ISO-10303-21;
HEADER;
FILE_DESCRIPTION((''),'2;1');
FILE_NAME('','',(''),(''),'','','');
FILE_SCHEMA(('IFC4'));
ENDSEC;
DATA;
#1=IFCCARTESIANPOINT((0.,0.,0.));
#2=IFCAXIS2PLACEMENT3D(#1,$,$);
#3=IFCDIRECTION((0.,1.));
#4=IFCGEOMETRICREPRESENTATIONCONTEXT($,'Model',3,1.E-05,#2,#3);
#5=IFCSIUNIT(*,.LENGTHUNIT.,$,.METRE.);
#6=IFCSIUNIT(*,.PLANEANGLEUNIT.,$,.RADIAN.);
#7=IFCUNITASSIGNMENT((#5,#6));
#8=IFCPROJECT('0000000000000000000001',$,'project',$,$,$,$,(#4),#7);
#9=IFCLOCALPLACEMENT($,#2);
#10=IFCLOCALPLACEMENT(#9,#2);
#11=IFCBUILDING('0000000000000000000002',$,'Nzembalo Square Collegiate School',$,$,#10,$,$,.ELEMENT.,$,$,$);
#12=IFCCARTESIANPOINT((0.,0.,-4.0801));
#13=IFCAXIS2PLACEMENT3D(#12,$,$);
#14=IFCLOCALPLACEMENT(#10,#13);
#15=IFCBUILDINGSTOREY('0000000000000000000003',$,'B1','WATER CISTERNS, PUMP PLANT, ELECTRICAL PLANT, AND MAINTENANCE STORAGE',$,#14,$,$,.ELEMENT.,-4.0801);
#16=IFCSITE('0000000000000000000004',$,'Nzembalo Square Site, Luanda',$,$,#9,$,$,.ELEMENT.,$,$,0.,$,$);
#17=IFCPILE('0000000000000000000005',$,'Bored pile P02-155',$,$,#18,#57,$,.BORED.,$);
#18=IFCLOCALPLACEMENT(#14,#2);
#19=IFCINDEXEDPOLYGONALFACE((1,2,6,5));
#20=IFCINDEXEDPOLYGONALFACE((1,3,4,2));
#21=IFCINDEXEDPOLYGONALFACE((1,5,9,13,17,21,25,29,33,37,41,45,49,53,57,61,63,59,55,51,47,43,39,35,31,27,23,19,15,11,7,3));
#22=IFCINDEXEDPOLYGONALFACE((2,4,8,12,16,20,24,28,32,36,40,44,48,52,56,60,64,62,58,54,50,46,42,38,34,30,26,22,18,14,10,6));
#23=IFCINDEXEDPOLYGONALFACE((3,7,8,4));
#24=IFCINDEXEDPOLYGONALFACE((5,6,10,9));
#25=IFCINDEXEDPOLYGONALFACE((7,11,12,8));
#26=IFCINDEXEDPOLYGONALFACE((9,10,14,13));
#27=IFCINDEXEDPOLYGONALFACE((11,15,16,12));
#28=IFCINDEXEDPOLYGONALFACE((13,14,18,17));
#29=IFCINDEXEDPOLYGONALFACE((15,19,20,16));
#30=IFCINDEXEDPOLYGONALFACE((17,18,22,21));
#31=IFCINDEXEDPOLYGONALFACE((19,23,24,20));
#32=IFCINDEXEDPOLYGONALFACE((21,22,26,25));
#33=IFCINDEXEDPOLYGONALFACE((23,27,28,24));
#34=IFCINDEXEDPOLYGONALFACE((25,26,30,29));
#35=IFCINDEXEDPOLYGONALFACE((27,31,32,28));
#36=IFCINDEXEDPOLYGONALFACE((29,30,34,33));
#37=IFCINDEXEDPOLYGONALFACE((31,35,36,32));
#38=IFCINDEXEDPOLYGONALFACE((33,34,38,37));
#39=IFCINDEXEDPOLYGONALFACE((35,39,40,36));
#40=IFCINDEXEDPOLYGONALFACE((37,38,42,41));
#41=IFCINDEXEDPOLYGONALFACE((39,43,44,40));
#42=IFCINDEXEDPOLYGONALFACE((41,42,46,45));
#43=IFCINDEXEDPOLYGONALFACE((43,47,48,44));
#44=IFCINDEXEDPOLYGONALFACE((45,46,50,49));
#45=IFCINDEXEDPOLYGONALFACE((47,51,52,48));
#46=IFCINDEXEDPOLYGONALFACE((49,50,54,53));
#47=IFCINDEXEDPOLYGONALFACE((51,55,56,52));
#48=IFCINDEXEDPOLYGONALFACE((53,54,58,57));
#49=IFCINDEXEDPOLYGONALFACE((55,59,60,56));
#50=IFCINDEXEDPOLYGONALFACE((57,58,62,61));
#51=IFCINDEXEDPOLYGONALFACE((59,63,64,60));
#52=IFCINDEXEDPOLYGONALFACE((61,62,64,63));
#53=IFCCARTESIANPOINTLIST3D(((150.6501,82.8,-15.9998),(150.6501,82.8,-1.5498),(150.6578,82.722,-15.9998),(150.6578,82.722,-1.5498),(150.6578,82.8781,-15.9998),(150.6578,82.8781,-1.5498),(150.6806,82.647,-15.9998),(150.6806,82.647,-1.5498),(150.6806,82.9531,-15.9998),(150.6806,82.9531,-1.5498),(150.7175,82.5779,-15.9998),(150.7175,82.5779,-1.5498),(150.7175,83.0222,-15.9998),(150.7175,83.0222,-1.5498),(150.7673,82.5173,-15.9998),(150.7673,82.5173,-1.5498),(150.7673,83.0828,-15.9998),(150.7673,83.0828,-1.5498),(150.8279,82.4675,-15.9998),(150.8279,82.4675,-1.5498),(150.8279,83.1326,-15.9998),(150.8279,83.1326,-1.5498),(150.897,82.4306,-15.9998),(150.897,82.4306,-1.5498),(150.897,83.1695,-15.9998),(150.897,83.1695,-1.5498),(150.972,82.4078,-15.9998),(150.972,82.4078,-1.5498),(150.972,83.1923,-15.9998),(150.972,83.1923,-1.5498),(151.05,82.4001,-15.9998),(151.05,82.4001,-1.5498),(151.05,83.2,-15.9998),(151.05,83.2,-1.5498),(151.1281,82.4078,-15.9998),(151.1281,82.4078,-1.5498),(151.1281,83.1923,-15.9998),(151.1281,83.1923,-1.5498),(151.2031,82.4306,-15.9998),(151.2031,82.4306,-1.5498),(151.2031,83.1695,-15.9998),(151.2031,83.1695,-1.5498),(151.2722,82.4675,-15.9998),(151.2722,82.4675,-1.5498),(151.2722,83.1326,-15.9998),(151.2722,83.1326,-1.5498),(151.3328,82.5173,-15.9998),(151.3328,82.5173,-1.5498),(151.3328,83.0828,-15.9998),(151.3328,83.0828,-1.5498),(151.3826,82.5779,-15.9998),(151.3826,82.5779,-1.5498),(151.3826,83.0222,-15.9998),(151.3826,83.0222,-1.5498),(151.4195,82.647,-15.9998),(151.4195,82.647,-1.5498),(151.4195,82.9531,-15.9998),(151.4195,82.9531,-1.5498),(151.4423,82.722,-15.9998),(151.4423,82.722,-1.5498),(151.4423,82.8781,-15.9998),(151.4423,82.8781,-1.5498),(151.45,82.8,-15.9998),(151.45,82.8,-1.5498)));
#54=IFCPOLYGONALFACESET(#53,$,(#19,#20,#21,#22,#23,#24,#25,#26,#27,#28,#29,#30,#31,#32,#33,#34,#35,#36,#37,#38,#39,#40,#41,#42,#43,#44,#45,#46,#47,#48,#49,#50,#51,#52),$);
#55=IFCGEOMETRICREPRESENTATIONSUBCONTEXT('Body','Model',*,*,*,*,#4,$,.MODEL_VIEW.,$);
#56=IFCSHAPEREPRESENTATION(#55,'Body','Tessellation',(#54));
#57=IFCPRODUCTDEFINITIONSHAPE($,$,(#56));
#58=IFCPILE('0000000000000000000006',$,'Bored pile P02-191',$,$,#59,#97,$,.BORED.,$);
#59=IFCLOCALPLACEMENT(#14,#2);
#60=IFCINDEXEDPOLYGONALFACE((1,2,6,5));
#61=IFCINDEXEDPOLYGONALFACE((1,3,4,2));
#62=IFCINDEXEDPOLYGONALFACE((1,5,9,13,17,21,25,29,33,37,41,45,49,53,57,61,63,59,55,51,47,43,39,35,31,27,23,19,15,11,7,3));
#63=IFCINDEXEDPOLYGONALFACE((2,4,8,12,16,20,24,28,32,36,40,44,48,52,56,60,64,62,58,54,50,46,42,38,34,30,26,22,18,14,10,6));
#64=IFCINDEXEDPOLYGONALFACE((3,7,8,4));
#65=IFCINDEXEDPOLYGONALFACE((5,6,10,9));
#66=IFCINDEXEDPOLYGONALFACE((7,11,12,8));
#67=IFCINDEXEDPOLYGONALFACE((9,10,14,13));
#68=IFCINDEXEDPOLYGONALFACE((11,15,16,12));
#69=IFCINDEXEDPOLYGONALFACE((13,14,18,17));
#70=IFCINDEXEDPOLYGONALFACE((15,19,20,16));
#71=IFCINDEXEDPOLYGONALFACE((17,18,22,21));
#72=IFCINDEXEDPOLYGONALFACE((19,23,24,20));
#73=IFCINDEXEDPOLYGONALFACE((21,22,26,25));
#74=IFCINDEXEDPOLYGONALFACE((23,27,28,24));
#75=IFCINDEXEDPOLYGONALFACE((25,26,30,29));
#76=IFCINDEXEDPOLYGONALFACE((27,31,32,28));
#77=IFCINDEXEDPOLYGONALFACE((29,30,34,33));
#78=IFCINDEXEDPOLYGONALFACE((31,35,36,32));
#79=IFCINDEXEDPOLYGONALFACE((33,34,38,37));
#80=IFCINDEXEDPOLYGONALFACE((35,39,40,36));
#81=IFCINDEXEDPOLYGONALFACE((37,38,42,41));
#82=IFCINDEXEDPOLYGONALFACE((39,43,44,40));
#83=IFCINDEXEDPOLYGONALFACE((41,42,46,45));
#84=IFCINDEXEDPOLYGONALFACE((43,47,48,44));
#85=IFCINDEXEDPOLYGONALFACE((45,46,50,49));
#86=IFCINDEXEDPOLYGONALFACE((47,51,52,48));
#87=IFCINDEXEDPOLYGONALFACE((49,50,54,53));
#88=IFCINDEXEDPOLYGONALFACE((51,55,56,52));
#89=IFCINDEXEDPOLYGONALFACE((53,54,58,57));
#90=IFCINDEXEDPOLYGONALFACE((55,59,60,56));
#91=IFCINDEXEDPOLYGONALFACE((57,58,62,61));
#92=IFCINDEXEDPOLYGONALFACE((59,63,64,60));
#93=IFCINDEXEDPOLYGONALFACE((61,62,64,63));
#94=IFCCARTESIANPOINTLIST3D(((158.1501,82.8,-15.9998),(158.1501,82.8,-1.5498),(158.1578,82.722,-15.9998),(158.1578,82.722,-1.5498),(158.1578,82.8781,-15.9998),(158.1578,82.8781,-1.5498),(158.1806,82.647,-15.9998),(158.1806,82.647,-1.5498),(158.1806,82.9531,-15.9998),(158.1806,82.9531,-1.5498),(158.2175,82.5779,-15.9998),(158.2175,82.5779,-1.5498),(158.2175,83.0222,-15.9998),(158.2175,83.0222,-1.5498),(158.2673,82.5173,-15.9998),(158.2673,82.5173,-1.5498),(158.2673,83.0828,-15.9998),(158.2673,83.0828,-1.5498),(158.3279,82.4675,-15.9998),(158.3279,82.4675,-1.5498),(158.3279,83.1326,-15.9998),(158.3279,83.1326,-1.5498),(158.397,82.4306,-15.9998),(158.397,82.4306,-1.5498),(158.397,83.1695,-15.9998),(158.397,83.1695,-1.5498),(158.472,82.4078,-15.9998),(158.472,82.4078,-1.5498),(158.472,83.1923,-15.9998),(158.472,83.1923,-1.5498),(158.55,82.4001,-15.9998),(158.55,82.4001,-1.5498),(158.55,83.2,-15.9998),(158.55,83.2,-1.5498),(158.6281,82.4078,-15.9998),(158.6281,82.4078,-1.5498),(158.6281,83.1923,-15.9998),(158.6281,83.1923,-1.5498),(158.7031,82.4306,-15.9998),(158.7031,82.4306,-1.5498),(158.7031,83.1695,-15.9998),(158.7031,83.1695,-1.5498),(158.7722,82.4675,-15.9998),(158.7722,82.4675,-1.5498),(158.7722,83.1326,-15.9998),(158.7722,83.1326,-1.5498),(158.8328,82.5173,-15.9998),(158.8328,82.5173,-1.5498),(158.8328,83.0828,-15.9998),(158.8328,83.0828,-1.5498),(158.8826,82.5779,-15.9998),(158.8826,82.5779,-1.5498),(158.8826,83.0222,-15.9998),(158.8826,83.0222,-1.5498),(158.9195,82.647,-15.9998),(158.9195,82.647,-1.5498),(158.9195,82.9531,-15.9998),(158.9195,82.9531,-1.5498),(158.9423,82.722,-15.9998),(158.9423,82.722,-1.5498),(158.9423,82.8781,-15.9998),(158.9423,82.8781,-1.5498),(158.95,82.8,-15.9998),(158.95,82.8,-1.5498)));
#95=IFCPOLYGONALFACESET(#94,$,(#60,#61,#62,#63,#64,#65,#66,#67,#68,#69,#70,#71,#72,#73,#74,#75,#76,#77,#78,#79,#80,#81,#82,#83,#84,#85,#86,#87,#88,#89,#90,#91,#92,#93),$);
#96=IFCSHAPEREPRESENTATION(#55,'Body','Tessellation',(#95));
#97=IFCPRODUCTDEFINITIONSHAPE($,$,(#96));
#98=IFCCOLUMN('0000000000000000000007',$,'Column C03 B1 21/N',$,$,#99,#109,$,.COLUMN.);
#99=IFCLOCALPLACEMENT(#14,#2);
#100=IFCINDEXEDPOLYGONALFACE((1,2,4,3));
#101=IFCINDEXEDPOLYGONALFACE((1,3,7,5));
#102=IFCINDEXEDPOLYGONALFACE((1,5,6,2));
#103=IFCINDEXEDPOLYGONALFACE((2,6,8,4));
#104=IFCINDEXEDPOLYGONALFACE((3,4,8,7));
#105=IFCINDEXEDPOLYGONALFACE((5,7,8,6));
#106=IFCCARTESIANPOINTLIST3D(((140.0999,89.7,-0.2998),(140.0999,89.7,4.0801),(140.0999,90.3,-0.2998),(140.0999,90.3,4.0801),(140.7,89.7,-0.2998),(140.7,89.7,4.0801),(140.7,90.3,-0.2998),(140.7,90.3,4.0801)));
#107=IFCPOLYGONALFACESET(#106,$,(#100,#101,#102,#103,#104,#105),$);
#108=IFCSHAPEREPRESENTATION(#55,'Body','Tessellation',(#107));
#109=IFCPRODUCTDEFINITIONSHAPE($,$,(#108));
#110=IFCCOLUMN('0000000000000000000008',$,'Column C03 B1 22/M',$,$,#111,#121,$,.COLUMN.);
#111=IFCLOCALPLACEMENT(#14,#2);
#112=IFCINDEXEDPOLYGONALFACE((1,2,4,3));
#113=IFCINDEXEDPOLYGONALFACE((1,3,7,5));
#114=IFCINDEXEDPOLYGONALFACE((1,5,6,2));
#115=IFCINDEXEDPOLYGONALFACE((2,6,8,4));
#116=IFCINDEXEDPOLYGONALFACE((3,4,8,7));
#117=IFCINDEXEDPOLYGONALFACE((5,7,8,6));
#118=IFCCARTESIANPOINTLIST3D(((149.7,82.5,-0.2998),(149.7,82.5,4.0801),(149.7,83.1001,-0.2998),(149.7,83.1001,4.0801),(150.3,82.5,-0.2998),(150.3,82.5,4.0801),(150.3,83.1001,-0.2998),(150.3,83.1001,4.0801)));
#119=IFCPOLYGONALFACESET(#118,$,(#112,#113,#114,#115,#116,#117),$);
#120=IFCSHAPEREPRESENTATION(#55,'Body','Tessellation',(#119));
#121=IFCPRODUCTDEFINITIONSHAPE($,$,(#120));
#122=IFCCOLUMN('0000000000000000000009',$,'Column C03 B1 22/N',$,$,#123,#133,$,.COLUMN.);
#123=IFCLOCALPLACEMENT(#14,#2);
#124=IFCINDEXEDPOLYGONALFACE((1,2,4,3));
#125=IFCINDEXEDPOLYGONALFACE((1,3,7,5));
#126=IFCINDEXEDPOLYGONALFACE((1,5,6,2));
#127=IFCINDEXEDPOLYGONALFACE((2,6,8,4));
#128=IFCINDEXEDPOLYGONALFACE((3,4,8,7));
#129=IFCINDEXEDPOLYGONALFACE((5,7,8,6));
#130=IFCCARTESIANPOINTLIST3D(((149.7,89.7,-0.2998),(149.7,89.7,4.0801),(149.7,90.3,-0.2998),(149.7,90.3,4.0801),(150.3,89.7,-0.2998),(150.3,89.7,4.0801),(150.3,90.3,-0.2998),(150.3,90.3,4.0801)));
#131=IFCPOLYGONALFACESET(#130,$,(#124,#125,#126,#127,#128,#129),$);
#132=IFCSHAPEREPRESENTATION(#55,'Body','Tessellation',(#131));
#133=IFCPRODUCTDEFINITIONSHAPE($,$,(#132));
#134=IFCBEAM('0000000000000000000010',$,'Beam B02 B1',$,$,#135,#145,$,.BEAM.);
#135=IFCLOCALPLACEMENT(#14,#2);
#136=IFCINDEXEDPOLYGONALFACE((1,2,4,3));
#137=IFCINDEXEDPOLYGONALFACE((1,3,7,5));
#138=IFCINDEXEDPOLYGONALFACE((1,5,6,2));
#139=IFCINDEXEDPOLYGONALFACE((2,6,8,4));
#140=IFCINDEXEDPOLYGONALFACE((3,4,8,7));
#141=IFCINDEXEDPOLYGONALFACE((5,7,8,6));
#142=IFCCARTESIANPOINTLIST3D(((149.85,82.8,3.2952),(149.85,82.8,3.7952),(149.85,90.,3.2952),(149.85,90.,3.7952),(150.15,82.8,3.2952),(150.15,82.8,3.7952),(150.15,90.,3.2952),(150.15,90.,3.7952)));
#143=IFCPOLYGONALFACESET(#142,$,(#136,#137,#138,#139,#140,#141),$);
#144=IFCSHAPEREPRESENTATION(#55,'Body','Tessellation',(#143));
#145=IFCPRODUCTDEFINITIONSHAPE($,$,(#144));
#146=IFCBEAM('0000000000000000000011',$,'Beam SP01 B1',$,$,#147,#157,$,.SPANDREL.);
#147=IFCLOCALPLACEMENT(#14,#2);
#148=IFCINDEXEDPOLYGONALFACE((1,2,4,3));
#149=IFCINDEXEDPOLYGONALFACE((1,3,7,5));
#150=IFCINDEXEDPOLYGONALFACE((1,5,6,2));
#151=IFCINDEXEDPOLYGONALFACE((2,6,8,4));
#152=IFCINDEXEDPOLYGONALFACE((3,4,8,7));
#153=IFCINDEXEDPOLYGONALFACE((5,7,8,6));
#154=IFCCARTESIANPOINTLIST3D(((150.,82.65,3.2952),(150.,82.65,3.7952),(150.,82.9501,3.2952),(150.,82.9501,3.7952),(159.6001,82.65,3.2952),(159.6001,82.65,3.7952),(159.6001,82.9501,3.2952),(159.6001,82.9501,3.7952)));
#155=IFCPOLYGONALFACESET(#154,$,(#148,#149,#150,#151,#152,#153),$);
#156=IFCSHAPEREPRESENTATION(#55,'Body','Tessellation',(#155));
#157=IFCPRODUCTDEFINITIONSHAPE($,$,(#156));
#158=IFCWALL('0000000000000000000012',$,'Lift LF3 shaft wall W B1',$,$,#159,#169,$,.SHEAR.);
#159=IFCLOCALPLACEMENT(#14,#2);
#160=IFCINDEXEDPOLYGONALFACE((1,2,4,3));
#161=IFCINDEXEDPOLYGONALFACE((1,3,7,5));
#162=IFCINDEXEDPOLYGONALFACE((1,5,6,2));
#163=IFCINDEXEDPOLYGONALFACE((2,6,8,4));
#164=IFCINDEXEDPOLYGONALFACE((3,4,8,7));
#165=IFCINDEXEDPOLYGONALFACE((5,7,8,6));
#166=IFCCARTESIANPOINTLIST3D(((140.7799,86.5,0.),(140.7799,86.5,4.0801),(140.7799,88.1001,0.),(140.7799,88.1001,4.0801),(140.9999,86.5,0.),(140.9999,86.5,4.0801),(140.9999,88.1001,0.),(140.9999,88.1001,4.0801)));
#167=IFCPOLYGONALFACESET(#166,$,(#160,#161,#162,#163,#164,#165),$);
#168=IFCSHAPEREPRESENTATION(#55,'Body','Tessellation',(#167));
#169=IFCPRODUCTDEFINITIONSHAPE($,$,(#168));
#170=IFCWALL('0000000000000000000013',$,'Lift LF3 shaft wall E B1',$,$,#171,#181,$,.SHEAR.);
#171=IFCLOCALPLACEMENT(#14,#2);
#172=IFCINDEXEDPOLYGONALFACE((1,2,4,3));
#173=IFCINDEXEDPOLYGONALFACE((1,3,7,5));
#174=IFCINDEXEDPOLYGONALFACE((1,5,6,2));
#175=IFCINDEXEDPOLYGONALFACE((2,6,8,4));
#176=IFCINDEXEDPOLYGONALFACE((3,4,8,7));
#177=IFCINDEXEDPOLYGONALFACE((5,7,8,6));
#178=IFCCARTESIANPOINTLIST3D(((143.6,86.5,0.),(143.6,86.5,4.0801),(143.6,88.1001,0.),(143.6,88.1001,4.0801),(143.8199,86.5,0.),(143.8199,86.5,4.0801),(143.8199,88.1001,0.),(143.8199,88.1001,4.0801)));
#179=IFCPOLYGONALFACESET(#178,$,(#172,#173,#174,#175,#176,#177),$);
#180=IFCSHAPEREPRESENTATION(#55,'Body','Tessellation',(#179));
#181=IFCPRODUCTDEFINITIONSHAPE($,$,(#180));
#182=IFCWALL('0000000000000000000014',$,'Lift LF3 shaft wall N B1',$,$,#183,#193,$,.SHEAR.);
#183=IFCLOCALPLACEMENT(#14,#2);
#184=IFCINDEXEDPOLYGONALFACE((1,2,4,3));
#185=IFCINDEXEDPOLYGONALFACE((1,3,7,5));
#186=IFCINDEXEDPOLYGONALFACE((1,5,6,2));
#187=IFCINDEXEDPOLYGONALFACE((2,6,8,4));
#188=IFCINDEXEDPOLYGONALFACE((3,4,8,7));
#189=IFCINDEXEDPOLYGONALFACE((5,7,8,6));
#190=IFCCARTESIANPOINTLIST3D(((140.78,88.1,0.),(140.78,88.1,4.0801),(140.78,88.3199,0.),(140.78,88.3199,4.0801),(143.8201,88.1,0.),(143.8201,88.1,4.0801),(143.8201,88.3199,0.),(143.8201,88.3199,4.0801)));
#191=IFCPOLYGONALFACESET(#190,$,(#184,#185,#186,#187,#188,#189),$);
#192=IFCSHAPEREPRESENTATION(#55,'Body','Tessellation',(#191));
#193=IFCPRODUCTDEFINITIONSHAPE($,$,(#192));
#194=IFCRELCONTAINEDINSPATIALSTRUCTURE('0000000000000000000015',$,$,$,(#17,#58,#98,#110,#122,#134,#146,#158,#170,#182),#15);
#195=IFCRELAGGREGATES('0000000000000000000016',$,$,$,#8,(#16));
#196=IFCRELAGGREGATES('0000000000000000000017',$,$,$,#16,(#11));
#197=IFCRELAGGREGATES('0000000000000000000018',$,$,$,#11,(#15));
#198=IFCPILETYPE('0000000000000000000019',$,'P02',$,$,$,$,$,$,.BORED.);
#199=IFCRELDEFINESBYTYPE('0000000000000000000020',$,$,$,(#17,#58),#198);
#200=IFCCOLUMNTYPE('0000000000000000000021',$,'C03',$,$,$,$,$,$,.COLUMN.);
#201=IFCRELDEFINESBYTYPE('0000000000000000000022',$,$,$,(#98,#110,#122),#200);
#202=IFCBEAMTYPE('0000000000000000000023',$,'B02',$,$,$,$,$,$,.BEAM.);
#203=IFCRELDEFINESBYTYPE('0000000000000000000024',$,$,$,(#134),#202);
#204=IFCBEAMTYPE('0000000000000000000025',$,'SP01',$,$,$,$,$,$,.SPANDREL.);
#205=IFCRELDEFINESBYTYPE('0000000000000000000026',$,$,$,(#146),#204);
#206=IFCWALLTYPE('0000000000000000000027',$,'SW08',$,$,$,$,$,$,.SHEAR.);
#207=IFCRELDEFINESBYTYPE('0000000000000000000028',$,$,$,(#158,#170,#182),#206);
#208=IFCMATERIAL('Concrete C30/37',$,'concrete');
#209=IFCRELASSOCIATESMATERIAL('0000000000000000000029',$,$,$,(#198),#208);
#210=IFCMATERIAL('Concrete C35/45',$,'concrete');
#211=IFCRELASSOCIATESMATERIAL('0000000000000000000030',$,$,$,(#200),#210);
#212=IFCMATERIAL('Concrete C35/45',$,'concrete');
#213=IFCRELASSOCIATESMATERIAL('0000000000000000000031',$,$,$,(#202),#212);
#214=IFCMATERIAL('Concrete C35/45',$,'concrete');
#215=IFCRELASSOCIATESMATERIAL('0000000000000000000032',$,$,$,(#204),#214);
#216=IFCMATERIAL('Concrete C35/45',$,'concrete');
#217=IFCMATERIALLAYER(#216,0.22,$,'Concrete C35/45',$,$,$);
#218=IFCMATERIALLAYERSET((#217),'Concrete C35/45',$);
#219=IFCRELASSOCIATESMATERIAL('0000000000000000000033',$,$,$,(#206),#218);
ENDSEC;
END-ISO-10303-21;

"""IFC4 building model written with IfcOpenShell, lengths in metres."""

from ifc_helpers import new_model, si_unit, direction, frame, frame_2d, origin, origin_2d, place, context, subcontext, project, spatial, rectangle, circle, extrude, material, layer, layer_set, material_profile, profile_set, type_object, element, save


model = new_model("IFC4")

# Units and contexts
model_context = context("Model", 3, precision=1e-05, world=origin(), true_north=direction((0.0, 1.0)))
body_context = subcontext(model_context, "Body", "Model", "MODEL_VIEW")
ifc_project = project(units=[si_unit("LENGTHUNIT", "METRE"), si_unit("PLANEANGLEUNIT", "RADIAN")], contexts=[model_context])

# Site, building, storey
site_placement = place(None, origin())
site = spatial("IfcSite", under=ifc_project, at=site_placement, Name="Nzembalo Square Site, Luanda", CompositionType="ELEMENT", RefElevation=0.0)
building_placement = place(site_placement, origin())
building = spatial("IfcBuilding", under=site, at=building_placement, Name="Nzembalo Square Collegiate School", CompositionType="ELEMENT")
storey_placement = place(building_placement, frame((0.0, 0.0, -4.0801)))
storey = spatial("IfcBuildingStorey", under=building, at=storey_placement, Name="B1", Description="WATER CISTERNS, PUMP PLANT, ELECTRICAL PLANT, AND MAINTENANCE STORAGE", CompositionType="ELEMENT", Elevation=-4.0801)

# Piles
ifc_material_1 = material(Name="Concrete C30/37", Category="concrete")
ifc_material_profile_1 = material_profile(ifc_material_1, circle(Radius=0.3999, at=origin_2d()), Name="PILE D800")
ifc_profile_set_1 = profile_set([ifc_material_profile_1], Name="Concrete C30/37")
pile_type_1 = type_object("IfcPileType", Name="P02", PredefinedType="BORED", material=ifc_profile_set_1)
for number, where, z_axis, x_axis, name in (
    (1, (151.05, 82.8, -1.5498), (0.0, 0.0, -1.0), (1.0, 0.0, 0.0), "Bored pile P02-155"),
    (2, (158.55, 82.8, -1.5498), (0.0, 0.0, -1.0), (1.0, 0.0, 0.0), "Bored pile P02-191"),
):
    element("IfcPile", number, at=place(storey_placement, frame(where, z_axis=z_axis, x_axis=x_axis)), inside=storey, type_object=pile_type_1, Name=name, PredefinedType="BORED", context=body_context, shape_type="SweptSolid", body=[
        extrude(circle(Radius=0.3999, at=origin_2d()), origin(), (0.0, 0.0, 1.0), 14.45),
    ])

# Columns
ifc_material_2 = material(Name="Concrete C35/45", Category="concrete")
ifc_material_profile_2 = material_profile(ifc_material_2, rectangle(XDim=0.6001, YDim=0.6001, at=origin_2d()), Name="RC 600x600")
ifc_profile_set_2 = profile_set([ifc_material_profile_2], Name="Concrete C35/45")
column_type = type_object("IfcColumnType", Name="C03", PredefinedType="COLUMN", material=ifc_profile_set_2)
for number, where, z_axis, x_axis, name in (
    (3, (140.3999, 90.0, -0.2998), (0.0, 0.0, 1.0), (1.0, 0.0, 0.0), "Column C03 B1 21/N"),
    (4, (150.0, 82.8, -0.2998), (0.0, 0.0, 1.0), (1.0, 0.0, 0.0), "Column C03 B1 22/M"),
    (5, (150.0, 90.0, -0.2998), (0.0, 0.0, 1.0), (1.0, 0.0, 0.0), "Column C03 B1 22/N"),
):
    element("IfcColumn", number, at=place(storey_placement, frame(where, z_axis=z_axis, x_axis=x_axis)), inside=storey, type_object=column_type, Name=name, PredefinedType="COLUMN", context=body_context, shape_type="SweptSolid", body=[
        extrude(rectangle(XDim=0.6001, YDim=0.6001, at=origin_2d()), origin(), (0.0, 0.0, 1.0), 4.3799),
    ])

# Beams
ifc_material_3 = material(Name="Concrete C35/45", Category="concrete")
ifc_material_profile_3 = material_profile(ifc_material_3, rectangle(XDim=0.3, YDim=0.5, at=origin_2d()), Name="RC 300x500")
ifc_profile_set_3 = profile_set([ifc_material_profile_3], Name="Concrete C35/45")
beam_type_1 = type_object("IfcBeamType", Name="B02", PredefinedType="BEAM", material=ifc_profile_set_3)
beam_1_placement = place(storey_placement, frame((150.0, 82.8, 3.5452), z_axis=(0.0, 1.0, 0.0), x_axis=(-1.0, 0.0, 0.0)))
element("IfcBeam", 6, at=beam_1_placement, inside=storey, type_object=beam_type_1, Name="Beam B02 B1", PredefinedType="BEAM", context=body_context, shape_type="SweptSolid", body=[
    extrude(rectangle(XDim=0.3, YDim=0.5, at=origin_2d()), origin(), (0.0, 0.0, 1.0), 7.2),
])
ifc_material_4 = material(Name="Concrete C35/45", Category="concrete")
ifc_material_profile_4 = material_profile(ifc_material_4, rectangle(XDim=0.3, YDim=0.5, at=origin_2d()), Name="RC 300x500")
ifc_profile_set_4 = profile_set([ifc_material_profile_4], Name="Concrete C35/45")
beam_type_2 = type_object("IfcBeamType", Name="SP01", PredefinedType="SPANDREL", material=ifc_profile_set_4)
beam_2_placement = place(storey_placement, frame((150.0, 82.8, 3.5452), z_axis=(1.0, 0.0, 0.0), x_axis=(0.0, 1.0, 0.0)))
element("IfcBeam", 7, at=beam_2_placement, inside=storey, type_object=beam_type_2, Name="Beam SP01 B1", PredefinedType="SPANDREL", context=body_context, shape_type="SweptSolid", body=[
    extrude(rectangle(XDim=0.3, YDim=0.5, at=origin_2d()), origin(), (0.0, 0.0, 1.0), 9.6001),
])

# Walls
ifc_material_5 = material(Name="Concrete C35/45", Category="concrete")
ifc_layer_1 = layer(ifc_material_5, 0.22, Name="Concrete C35/45")
ifc_layer_set_1 = layer_set([ifc_layer_1], Name="Concrete C35/45")
wall_type_1 = type_object("IfcWallType", Name="SW08", PredefinedType="SHEAR", material=ifc_layer_set_1)
for number, where, z_axis, x_axis, name in (
    (8, (140.8899, 86.5, 0.0), (0.0, 0.0, 1.0), (0.0, 1.0, 0.0), "Lift LF3 shaft wall W B1"),
    (9, (143.71, 86.5, 0.0), (0.0, 0.0, 1.0), (0.0, 1.0, 0.0), "Lift LF3 shaft wall E B1"),
):
    element("IfcWall", number, at=place(storey_placement, frame(where, z_axis=z_axis, x_axis=x_axis)), inside=storey, type_object=wall_type_1, Name=name, PredefinedType="SHEAR", context=body_context, shape_type="SweptSolid", body=[
        extrude(rectangle(XDim=1.6001, YDim=0.22, at=frame_2d((0.8, 0.0))), origin(), (0.0, 0.0, 1.0), 4.0801),
    ])
wall_1_placement = place(storey_placement, frame((140.78, 88.21, 0.0), z_axis=(0.0, 0.0, 1.0), x_axis=(1.0, 0.0, 0.0)))
element("IfcWall", 10, at=wall_1_placement, inside=storey, type_object=wall_type_1, Name="Lift LF3 shaft wall N B1", PredefinedType="SHEAR", context=body_context, shape_type="SweptSolid", body=[
    extrude(rectangle(XDim=3.04, YDim=0.22, at=frame_2d((1.52, 0.0))), origin(), (0.0, 0.0, 1.0), 4.0801),
])

save(model, "model.ifc")
